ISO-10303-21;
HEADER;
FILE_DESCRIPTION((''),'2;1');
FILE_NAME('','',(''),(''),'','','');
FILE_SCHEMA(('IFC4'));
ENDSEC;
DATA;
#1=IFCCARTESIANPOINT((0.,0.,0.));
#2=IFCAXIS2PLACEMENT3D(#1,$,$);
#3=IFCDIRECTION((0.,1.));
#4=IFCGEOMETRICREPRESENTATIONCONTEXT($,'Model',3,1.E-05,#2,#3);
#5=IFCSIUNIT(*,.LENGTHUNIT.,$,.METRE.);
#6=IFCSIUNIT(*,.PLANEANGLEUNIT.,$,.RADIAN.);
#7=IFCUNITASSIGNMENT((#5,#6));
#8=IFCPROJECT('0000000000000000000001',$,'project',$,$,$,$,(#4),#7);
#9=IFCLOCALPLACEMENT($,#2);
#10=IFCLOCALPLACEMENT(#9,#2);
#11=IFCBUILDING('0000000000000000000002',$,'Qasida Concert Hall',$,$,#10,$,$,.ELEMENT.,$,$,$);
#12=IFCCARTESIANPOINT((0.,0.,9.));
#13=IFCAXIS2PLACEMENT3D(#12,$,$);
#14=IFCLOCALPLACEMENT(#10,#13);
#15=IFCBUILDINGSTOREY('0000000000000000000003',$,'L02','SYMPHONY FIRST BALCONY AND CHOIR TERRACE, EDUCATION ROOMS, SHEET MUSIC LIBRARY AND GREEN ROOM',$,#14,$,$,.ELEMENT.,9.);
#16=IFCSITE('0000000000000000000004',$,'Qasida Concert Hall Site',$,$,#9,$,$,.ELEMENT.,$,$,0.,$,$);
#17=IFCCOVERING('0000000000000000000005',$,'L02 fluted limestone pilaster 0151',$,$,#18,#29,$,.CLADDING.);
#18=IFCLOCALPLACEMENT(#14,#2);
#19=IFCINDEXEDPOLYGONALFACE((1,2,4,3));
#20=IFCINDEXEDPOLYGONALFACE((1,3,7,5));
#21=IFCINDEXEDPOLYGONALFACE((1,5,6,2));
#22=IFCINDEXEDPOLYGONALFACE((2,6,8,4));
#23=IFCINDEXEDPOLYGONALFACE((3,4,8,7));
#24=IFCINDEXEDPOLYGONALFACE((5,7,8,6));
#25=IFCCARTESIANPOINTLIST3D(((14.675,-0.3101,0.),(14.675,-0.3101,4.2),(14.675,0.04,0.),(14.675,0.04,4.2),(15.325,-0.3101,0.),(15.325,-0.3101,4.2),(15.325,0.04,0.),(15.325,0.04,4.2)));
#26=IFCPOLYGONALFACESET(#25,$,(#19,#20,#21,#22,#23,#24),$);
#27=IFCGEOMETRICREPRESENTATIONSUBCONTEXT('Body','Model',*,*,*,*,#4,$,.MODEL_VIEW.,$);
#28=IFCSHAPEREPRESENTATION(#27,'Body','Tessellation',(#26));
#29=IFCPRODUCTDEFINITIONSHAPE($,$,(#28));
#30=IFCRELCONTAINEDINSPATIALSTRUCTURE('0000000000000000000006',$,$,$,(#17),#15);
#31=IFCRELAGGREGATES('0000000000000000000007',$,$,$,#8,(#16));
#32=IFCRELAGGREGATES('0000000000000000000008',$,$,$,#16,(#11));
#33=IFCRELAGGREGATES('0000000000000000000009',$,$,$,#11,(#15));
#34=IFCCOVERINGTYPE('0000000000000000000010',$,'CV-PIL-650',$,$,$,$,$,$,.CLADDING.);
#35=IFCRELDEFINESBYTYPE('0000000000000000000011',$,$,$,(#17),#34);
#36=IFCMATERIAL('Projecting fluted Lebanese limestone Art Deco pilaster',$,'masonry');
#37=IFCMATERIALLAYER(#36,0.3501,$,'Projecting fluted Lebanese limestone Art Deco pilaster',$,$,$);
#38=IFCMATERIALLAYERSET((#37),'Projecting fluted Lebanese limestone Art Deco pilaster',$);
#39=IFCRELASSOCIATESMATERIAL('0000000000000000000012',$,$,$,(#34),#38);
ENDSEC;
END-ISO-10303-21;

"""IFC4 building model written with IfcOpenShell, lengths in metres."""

from ifc_helpers import new_model, si_unit, direction, frame, origin, origin_2d, place, context, subcontext, project, spatial, rectangle, extrude, material, layer, layer_set, type_object, element, save


model = new_model("IFC4")

# Units and contexts
model_context = context("Model", 3, precision=1e-05, world=origin(), true_north=direction((0.0, 1.0)))
body_context = subcontext(model_context, "Body", "Model", "MODEL_VIEW")
ifc_project = project(units=[si_unit("LENGTHUNIT", "METRE"), si_unit("PLANEANGLEUNIT", "RADIAN")], contexts=[model_context])

# Site, building, storey
site_placement = place(None, origin())
site = spatial("IfcSite", under=ifc_project, at=site_placement, Name="Qasida Concert Hall Site", CompositionType="ELEMENT", RefElevation=0.0)
building_placement = place(site_placement, origin())
building = spatial("IfcBuilding", under=site, at=building_placement, Name="Qasida Concert Hall", CompositionType="ELEMENT")
storey_placement = place(building_placement, frame((0.0, 0.0, 9.0)))
storey = spatial("IfcBuildingStorey", under=building, at=storey_placement, Name="L02", Description="SYMPHONY FIRST BALCONY AND CHOIR TERRACE, EDUCATION ROOMS, SHEET MUSIC LIBRARY AND GREEN ROOM", CompositionType="ELEMENT", Elevation=9.0)

# Covering
ifc_material_1 = material(Name="Projecting fluted Lebanese limestone Art Deco pilaster", Category="masonry")
ifc_layer_1 = layer(ifc_material_1, 0.3501, Name="Projecting fluted Lebanese limestone Art Deco pilaster")
ifc_layer_set_1 = layer_set([ifc_layer_1], Name="Projecting fluted Lebanese limestone Art Deco pilaster")
covering_type_1 = type_object("IfcCoveringType", Name="CV-PIL-650", PredefinedType="CLADDING", material=ifc_layer_set_1)
covering_placement = place(storey_placement, frame((15.0, -0.135, 0.0), z_axis=(0.0, 0.0, 1.0), x_axis=(1.0, 0.0, 0.0)))
element("IfcCovering", 1, at=covering_placement, inside=storey, type_object=covering_type_1, Name="L02 fluted limestone pilaster 0151", PredefinedType="CLADDING", context=body_context, shape_type="SweptSolid", body=[
    extrude(rectangle(XDim=0.6499, YDim=0.3501, at=origin_2d()), origin(), (0.0, 0.0, 1.0), 4.2),
])

save(model, "model.ifc")
